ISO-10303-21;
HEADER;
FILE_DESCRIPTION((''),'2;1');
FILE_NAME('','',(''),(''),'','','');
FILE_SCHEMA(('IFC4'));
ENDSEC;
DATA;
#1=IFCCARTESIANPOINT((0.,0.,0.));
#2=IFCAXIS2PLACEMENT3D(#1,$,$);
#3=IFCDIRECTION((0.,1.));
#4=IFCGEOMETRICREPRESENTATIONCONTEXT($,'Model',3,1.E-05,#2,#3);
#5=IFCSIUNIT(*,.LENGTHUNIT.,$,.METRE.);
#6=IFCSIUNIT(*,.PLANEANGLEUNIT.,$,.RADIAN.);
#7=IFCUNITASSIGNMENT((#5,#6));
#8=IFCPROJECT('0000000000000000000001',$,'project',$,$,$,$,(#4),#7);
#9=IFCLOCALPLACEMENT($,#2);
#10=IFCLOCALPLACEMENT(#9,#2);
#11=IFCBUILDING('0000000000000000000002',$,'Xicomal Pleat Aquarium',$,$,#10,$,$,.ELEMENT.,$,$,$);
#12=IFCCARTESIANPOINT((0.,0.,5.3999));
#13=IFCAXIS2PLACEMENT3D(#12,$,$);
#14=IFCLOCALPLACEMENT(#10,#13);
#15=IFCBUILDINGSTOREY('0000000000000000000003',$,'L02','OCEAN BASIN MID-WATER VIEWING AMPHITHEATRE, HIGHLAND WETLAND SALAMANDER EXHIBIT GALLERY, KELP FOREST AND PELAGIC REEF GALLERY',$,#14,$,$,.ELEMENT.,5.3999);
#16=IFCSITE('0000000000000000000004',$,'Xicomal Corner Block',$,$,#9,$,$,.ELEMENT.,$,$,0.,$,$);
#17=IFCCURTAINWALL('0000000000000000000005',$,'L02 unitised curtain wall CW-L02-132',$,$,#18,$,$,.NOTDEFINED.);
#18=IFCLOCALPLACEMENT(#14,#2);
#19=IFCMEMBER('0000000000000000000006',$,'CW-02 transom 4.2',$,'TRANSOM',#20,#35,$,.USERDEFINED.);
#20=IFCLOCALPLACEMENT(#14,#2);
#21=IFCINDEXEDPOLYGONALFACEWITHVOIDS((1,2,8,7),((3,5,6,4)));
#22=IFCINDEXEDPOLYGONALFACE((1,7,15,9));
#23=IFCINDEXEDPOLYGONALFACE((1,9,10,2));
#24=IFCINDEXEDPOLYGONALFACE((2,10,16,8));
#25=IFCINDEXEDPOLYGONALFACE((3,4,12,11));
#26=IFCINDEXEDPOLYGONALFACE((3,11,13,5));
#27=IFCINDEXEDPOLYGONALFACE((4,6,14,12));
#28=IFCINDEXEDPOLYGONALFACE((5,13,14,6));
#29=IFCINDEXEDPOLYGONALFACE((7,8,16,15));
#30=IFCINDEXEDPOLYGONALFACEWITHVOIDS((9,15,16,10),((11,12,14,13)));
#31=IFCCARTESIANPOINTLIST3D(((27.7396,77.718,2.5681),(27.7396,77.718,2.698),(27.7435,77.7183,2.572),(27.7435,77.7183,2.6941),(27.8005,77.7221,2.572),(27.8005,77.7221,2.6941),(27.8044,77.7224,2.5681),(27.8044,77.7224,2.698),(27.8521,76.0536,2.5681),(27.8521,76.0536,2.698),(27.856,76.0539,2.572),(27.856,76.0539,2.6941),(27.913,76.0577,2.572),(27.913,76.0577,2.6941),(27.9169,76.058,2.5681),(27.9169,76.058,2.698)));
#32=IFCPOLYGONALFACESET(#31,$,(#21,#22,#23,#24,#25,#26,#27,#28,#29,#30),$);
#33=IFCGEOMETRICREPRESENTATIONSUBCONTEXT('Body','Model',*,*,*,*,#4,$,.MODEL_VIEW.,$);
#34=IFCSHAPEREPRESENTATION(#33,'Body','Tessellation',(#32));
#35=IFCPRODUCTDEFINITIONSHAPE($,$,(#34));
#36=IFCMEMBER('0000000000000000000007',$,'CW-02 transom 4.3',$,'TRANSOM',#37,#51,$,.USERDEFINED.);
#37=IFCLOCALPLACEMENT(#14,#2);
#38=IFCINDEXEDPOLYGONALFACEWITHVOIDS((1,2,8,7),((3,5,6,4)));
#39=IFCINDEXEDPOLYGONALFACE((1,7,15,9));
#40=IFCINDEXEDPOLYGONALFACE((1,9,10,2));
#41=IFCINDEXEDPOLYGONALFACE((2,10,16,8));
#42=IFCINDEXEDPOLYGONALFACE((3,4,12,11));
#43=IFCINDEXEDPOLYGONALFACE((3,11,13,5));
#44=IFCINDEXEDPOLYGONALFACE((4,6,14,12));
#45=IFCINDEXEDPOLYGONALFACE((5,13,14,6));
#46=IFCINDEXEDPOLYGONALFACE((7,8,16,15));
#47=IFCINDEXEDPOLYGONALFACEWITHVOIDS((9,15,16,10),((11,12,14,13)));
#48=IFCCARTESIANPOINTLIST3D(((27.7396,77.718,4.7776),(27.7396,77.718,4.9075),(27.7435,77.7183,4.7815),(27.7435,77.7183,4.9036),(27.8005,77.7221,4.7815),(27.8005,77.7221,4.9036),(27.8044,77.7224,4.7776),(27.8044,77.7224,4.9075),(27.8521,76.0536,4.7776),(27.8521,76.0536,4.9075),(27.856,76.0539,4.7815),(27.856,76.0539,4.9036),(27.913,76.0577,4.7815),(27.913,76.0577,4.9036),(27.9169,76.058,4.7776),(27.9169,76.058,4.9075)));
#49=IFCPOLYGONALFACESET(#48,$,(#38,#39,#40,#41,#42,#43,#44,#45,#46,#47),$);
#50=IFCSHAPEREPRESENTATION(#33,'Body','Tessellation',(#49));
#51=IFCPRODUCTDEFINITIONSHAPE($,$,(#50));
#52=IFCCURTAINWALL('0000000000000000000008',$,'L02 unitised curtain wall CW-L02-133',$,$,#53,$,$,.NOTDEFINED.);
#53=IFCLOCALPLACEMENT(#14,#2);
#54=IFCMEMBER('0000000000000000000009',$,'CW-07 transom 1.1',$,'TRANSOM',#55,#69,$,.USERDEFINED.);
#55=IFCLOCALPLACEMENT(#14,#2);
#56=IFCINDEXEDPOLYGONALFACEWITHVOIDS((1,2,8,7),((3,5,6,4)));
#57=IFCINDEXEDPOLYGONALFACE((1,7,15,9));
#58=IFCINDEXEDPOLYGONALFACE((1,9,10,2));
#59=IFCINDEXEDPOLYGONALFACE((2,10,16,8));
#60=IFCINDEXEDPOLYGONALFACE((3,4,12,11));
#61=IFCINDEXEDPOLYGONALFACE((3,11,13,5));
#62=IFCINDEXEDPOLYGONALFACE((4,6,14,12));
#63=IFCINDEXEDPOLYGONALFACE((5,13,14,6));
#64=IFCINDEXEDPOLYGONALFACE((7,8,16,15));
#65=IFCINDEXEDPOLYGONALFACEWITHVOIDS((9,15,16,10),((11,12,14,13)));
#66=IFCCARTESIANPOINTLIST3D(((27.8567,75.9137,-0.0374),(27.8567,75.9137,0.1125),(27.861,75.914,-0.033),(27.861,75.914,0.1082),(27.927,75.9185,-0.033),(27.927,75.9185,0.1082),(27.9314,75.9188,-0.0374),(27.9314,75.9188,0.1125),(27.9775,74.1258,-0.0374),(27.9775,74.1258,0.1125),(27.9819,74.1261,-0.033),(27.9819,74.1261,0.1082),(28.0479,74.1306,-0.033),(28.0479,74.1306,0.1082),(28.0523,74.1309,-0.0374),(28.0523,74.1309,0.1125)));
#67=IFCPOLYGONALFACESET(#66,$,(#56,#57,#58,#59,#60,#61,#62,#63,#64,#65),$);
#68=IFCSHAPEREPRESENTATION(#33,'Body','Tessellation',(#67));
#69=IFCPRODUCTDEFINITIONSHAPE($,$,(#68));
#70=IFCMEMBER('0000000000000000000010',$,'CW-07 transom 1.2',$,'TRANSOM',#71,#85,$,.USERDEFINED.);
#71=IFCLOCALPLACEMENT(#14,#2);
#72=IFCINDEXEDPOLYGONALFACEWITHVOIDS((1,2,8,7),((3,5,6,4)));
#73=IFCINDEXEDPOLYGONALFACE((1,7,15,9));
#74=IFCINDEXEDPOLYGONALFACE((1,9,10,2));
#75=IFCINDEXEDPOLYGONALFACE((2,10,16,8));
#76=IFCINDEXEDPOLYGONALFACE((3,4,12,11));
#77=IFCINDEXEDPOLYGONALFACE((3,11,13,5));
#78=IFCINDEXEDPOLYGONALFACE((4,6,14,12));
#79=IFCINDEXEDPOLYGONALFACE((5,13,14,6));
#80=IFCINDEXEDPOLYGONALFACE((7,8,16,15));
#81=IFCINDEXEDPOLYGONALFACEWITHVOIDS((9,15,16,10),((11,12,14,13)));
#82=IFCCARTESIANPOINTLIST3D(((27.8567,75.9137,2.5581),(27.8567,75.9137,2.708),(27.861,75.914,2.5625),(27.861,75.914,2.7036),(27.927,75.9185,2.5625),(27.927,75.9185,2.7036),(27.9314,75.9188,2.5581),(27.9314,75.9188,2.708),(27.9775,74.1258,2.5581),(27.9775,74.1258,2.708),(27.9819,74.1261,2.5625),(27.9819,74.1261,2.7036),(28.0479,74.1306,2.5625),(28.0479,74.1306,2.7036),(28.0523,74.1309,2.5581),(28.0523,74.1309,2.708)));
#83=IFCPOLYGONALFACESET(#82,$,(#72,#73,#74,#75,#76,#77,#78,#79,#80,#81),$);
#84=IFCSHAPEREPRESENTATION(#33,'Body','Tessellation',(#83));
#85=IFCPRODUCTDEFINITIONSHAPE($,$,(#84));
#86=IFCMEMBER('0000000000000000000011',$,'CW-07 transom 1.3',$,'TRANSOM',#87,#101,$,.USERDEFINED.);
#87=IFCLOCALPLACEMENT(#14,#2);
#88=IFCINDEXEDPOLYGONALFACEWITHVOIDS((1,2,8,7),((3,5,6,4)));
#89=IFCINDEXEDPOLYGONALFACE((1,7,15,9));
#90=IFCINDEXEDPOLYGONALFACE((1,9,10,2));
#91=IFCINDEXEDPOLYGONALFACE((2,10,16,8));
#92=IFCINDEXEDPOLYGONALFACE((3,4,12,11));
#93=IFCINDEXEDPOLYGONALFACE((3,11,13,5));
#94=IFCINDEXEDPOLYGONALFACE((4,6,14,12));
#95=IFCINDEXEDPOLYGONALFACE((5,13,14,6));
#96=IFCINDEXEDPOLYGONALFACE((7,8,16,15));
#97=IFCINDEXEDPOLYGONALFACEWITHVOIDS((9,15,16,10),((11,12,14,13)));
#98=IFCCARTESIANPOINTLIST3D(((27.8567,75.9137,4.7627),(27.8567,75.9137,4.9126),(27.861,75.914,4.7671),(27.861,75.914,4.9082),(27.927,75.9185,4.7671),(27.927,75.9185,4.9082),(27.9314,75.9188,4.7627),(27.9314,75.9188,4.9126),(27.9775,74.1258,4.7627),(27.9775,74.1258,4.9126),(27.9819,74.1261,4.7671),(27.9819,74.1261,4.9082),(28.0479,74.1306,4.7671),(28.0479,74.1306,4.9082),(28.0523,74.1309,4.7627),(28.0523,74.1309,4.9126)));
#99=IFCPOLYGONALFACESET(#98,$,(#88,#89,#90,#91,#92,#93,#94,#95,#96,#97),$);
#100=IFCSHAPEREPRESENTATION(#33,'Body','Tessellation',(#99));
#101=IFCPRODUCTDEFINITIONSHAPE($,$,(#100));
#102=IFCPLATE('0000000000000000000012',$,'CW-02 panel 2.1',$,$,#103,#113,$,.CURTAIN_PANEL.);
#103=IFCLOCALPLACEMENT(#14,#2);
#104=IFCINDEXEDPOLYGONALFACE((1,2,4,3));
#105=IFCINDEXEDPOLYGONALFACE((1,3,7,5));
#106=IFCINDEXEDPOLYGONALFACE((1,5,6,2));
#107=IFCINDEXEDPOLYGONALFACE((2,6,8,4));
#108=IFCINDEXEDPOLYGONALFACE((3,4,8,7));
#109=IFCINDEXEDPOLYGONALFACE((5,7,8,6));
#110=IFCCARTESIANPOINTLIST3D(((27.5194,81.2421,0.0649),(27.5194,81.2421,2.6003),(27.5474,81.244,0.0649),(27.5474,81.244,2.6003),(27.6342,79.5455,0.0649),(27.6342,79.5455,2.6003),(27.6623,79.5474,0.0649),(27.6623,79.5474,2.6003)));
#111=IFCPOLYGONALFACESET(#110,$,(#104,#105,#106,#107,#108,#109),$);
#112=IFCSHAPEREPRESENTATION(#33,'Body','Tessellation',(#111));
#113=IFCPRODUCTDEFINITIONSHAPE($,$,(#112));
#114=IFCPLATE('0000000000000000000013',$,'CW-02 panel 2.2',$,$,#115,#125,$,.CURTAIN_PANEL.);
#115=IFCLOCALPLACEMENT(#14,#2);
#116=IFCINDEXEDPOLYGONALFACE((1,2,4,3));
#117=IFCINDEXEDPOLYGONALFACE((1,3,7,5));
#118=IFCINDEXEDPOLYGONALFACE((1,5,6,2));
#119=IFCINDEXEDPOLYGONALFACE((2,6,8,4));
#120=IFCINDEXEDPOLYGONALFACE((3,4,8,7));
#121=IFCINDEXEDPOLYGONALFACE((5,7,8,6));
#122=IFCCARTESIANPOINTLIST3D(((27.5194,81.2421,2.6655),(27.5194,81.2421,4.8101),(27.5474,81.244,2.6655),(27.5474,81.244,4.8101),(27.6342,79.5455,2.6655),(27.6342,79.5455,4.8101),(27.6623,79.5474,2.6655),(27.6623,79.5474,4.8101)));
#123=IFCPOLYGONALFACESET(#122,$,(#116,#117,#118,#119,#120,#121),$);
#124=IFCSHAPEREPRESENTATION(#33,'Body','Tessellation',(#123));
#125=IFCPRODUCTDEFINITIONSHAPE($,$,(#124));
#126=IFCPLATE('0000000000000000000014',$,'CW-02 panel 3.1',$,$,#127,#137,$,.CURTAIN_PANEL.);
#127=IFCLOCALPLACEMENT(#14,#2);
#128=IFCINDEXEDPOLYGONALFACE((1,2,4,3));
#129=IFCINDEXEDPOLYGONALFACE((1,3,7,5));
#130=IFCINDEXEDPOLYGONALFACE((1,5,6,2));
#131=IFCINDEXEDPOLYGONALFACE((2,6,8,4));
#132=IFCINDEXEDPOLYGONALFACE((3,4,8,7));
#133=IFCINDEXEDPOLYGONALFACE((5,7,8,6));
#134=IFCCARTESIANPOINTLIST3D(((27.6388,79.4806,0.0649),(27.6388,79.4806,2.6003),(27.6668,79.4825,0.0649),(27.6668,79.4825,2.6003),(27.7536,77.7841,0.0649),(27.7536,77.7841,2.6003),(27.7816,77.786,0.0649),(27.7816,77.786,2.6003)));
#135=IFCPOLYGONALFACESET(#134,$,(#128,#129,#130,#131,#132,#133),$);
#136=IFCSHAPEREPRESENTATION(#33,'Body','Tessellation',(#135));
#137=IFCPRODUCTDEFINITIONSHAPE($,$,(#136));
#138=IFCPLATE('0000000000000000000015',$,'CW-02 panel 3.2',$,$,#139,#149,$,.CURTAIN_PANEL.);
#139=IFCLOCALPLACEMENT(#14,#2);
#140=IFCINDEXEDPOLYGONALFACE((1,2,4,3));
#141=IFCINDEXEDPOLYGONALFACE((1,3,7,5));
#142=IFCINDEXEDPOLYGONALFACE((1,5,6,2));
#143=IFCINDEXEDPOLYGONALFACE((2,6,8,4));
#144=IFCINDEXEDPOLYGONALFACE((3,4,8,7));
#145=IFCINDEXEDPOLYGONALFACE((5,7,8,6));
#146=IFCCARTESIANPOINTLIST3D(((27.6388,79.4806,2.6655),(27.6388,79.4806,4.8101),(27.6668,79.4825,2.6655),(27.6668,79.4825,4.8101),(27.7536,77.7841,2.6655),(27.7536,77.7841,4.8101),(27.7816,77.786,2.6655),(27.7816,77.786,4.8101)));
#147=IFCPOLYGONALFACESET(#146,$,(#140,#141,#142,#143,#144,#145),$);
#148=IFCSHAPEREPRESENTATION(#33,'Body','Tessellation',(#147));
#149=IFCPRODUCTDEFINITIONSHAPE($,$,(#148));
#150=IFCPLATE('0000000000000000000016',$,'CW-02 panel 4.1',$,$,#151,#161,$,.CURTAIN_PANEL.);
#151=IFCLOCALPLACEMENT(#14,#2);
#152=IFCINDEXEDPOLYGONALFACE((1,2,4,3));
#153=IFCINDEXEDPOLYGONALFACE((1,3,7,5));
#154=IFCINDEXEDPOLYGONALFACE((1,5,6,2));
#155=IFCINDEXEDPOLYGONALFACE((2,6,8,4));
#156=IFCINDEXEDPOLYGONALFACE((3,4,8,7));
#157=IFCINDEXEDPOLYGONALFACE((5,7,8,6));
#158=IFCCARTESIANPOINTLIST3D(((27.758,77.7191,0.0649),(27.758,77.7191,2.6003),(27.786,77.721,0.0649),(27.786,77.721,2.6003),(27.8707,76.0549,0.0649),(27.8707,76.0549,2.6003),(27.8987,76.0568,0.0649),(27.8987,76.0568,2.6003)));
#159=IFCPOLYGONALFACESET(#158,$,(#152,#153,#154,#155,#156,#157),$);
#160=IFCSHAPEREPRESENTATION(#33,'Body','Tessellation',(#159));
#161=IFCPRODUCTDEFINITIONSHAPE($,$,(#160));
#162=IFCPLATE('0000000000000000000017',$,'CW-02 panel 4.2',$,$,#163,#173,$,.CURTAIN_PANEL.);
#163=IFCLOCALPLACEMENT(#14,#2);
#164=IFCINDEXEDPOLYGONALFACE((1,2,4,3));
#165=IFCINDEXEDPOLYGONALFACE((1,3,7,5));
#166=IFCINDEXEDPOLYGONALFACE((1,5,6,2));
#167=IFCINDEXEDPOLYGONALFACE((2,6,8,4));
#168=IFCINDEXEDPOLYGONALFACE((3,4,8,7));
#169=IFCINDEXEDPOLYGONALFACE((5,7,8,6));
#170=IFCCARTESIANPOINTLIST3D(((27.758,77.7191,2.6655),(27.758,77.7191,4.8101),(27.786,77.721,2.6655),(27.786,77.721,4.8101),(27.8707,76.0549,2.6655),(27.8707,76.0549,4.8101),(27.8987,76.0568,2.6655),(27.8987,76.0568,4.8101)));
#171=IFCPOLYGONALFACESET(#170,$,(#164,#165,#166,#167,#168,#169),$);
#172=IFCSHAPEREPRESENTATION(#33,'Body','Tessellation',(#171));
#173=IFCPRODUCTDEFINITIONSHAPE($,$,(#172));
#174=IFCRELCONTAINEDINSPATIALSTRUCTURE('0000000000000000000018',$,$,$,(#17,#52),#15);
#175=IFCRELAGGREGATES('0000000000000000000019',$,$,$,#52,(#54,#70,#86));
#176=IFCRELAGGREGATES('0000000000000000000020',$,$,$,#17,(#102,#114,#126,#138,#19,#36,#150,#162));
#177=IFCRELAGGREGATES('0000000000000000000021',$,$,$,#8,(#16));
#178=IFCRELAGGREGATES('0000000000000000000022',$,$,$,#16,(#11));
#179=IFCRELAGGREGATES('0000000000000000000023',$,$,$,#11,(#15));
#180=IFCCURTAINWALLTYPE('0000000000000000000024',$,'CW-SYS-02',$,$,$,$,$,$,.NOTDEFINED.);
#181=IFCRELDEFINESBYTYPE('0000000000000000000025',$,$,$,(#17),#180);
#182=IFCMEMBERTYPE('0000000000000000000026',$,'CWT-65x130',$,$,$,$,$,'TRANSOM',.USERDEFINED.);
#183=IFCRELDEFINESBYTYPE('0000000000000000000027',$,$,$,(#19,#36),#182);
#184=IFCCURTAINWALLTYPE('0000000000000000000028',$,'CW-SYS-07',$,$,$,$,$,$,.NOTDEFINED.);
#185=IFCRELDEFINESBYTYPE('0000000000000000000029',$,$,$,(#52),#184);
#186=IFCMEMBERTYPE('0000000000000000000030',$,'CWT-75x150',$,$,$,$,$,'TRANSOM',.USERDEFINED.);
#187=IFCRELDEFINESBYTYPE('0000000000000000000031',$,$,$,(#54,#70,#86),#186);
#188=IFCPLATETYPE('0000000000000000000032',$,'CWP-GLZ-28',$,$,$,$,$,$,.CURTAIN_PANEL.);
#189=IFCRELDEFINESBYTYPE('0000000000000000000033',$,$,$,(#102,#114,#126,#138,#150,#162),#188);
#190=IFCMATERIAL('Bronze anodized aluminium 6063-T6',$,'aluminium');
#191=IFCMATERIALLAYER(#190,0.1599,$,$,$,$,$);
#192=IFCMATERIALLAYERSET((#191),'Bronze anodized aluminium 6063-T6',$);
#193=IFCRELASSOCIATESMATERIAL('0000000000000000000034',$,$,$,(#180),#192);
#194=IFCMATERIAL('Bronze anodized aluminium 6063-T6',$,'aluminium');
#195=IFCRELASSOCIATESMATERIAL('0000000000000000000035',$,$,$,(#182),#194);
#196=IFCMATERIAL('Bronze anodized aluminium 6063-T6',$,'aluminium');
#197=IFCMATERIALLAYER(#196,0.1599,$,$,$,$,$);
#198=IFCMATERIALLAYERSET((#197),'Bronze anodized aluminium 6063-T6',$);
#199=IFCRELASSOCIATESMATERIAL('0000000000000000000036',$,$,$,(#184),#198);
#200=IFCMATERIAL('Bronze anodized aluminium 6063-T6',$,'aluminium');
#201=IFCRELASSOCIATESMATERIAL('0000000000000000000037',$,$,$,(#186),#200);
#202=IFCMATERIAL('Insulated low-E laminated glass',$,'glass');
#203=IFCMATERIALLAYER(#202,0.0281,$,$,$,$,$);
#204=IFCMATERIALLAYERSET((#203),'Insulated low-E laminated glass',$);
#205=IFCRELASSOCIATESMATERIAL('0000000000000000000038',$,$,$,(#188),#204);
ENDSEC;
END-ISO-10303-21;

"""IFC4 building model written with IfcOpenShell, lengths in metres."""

from ifc_helpers import new_model, si_unit, direction, frame, origin, origin_2d, place, context, subcontext, project, spatial, rectangle, hollow_rectangle, extrude, material, layer, layer_set, material_profile, profile_set, type_object, element, aggregate, save


model = new_model("IFC4")

# Units and contexts
model_context = context("Model", 3, precision=1e-05, world=origin(), true_north=direction((0.0, 1.0)))
body_context = subcontext(model_context, "Body", "Model", "MODEL_VIEW")
ifc_project = project(units=[si_unit("LENGTHUNIT", "METRE"), si_unit("PLANEANGLEUNIT", "RADIAN")], contexts=[model_context])

# Site, building, storey
site_placement = place(None, origin())
site = spatial("IfcSite", under=ifc_project, at=site_placement, Name="Xicomal Corner Block", CompositionType="ELEMENT", RefElevation=0.0)
building_placement = place(site_placement, origin())
building = spatial("IfcBuilding", under=site, at=building_placement, Name="Xicomal Pleat Aquarium", CompositionType="ELEMENT")
storey_placement = place(building_placement, frame((0.0, 0.0, 5.3999)))
storey = spatial("IfcBuildingStorey", under=building, at=storey_placement, Name="L02", Description="OCEAN BASIN MID-WATER VIEWING AMPHITHEATRE, HIGHLAND WETLAND SALAMANDER EXHIBIT GALLERY, KELP FOREST AND PELAGIC REEF GALLERY", CompositionType="ELEMENT", Elevation=5.3999)

# Curtain walls, members
ifc_material_1 = material(Name="Bronze anodized aluminium 6063-T6", Category="aluminium")
ifc_layer_1 = layer(ifc_material_1, 0.1599)
ifc_layer_set_1 = layer_set([ifc_layer_1], Name="Bronze anodized aluminium 6063-T6")
curtain_wall_type_1 = type_object("IfcCurtainWallType", Name="CW-SYS-02", PredefinedType="NOTDEFINED", material=ifc_layer_set_1)
curtain_wall_1_placement = place(storey_placement, origin())
curtain_wall_1 = element("IfcCurtainWall", 1, at=curtain_wall_1_placement, inside=storey, type_object=curtain_wall_type_1, Name="L02 unitised curtain wall CW-L02-132", PredefinedType="NOTDEFINED")
ifc_material_2 = material(Name="Bronze anodized aluminium 6063-T6", Category="aluminium")
ifc_material_profile_1 = material_profile(ifc_material_2, hollow_rectangle(XDim=0.0649, YDim=0.1299, WallThickness=0.0039, at=origin_2d()), Name="ALU TRAN 65x130")
ifc_profile_set_1 = profile_set([ifc_material_profile_1], Name="Bronze anodized aluminium 6063-T6")
member_type_1 = type_object("IfcMemberType", Name="CWT-65x130", ElementType="TRANSOM", PredefinedType="USERDEFINED", material=ifc_profile_set_1)
member_1_placement = place(storey_placement, frame((27.772, 77.7202, 2.6331), z_axis=(0.067471, -0.997721, 0.0), x_axis=(0.997721, 0.067471, 0.0)))
member_1 = element("IfcMember", 2, at=member_1_placement, type_object=member_type_1, Name="CW-02 transom 4.2", ObjectType="TRANSOM", PredefinedType="USERDEFINED", context=body_context, shape_type="SweptSolid", body=[
    extrude(hollow_rectangle(XDim=0.0649, YDim=0.1299, WallThickness=0.0039, at=origin_2d()), origin(), (0.0, 0.0, 1.0), 1.6682),
])
member_2_placement = place(storey_placement, frame((27.772, 77.7202, 4.8425), z_axis=(0.067471, -0.997721, 0.0), x_axis=(0.997721, 0.067471, 0.0)))
member_2 = element("IfcMember", 3, at=member_2_placement, type_object=member_type_1, Name="CW-02 transom 4.3", ObjectType="TRANSOM", PredefinedType="USERDEFINED", context=body_context, shape_type="SweptSolid", body=[
    extrude(hollow_rectangle(XDim=0.0649, YDim=0.1299, WallThickness=0.0039, at=origin_2d()), origin(), (0.0, 0.0, 1.0), 1.6682),
])
ifc_material_3 = material(Name="Bronze anodized aluminium 6063-T6", Category="aluminium")
ifc_layer_2 = layer(ifc_material_3, 0.1599)
ifc_layer_set_2 = layer_set([ifc_layer_2], Name="Bronze anodized aluminium 6063-T6")
curtain_wall_type_2 = type_object("IfcCurtainWallType", Name="CW-SYS-07", PredefinedType="NOTDEFINED", material=ifc_layer_set_2)
curtain_wall_2_placement = place(storey_placement, origin())
curtain_wall_2 = element("IfcCurtainWall", 4, at=curtain_wall_2_placement, inside=storey, type_object=curtain_wall_type_2, Name="L02 unitised curtain wall CW-L02-133", PredefinedType="NOTDEFINED")
ifc_material_4 = material(Name="Bronze anodized aluminium 6063-T6", Category="aluminium")
ifc_material_profile_2 = material_profile(ifc_material_4, hollow_rectangle(XDim=0.075, YDim=0.1499, WallThickness=0.0044, at=origin_2d()), Name="ALU TRAN 75x150")
ifc_profile_set_2 = profile_set([ifc_material_profile_2], Name="Bronze anodized aluminium 6063-T6")
member_type_2 = type_object("IfcMemberType", Name="CWT-75x150", ElementType="TRANSOM", PredefinedType="USERDEFINED", material=ifc_profile_set_2)
member_3_placement = place(storey_placement, frame((27.894, 75.9163, 0.0376), z_axis=(0.067441, -0.997723, 0.0), x_axis=(0.997723, 0.067441, 0.0)))
member_3 = element("IfcMember", 5, at=member_3_placement, type_object=member_type_2, Name="CW-07 transom 1.1", ObjectType="TRANSOM", PredefinedType="USERDEFINED", context=body_context, shape_type="SweptSolid", body=[
    extrude(hollow_rectangle(XDim=0.075, YDim=0.1499, WallThickness=0.0044, at=origin_2d()), origin(), (0.0, 0.0, 1.0), 1.792),
])
member_4_placement = place(storey_placement, frame((27.894, 75.9163, 2.6331), z_axis=(0.067441, -0.997723, 0.0), x_axis=(0.997723, 0.067441, 0.0)))
member_4 = element("IfcMember", 6, at=member_4_placement, type_object=member_type_2, Name="CW-07 transom 1.2", ObjectType="TRANSOM", PredefinedType="USERDEFINED", context=body_context, shape_type="SweptSolid", body=[
    extrude(hollow_rectangle(XDim=0.075, YDim=0.1499, WallThickness=0.0044, at=origin_2d()), origin(), (0.0, 0.0, 1.0), 1.792),
])
member_5_placement = place(storey_placement, frame((27.894, 75.9163, 4.8376), z_axis=(0.067441, -0.997723, 0.0), x_axis=(0.997723, 0.067441, 0.0)))
member_5 = element("IfcMember", 7, at=member_5_placement, type_object=member_type_2, Name="CW-07 transom 1.3", ObjectType="TRANSOM", PredefinedType="USERDEFINED", context=body_context, shape_type="SweptSolid", body=[
    extrude(hollow_rectangle(XDim=0.075, YDim=0.1499, WallThickness=0.0044, at=origin_2d()), origin(), (0.0, 0.0, 1.0), 1.792),
])
aggregate(curtain_wall_2, [member_3, member_4, member_5])

# Plates
ifc_material_5 = material(Name="Insulated low-E laminated glass", Category="glass")
ifc_layer_3 = layer(ifc_material_5, 0.0281)
ifc_layer_set_3 = layer_set([ifc_layer_3], Name="Insulated low-E laminated glass")
plate_type = type_object("IfcPlateType", Name="CWP-GLZ-28", PredefinedType="CURTAIN_PANEL", material=ifc_layer_set_3)
plate_1_placement = place(storey_placement, frame((27.5908, 80.3948, 0.0649), z_axis=(0.0, 0.0, 1.0), x_axis=(0.067543, -0.997716, 0.0)))
plate_1 = element("IfcPlate", 8, at=plate_1_placement, type_object=plate_type, Name="CW-02 panel 2.1", PredefinedType="CURTAIN_PANEL", context=body_context, shape_type="SweptSolid", body=[
    extrude(rectangle(XDim=1.7004, YDim=0.0281, at=origin_2d()), origin(), (0.0, 0.0, 1.0), 2.5354),
])
plate_2_placement = place(storey_placement, frame((27.5908, 80.3948, 2.6655), z_axis=(0.0, 0.0, 1.0), x_axis=(0.067543, -0.997716, 0.0)))
plate_2 = element("IfcPlate", 9, at=plate_2_placement, type_object=plate_type, Name="CW-02 panel 2.2", PredefinedType="CURTAIN_PANEL", context=body_context, shape_type="SweptSolid", body=[
    extrude(rectangle(XDim=1.7004, YDim=0.0281, at=origin_2d()), origin(), (0.0, 0.0, 1.0), 2.1445),
])
plate_3_placement = place(storey_placement, frame((27.7102, 78.6333, 0.0649), z_axis=(0.0, 0.0, 1.0), x_axis=(0.067543, -0.997716, 0.0)))
plate_3 = element("IfcPlate", 10, at=plate_3_placement, type_object=plate_type, Name="CW-02 panel 3.1", PredefinedType="CURTAIN_PANEL", context=body_context, shape_type="SweptSolid", body=[
    extrude(rectangle(XDim=1.7004, YDim=0.0281, at=origin_2d()), origin(), (0.0, 0.0, 1.0), 2.5354),
])
plate_4_placement = place(storey_placement, frame((27.7102, 78.6333, 2.6655), z_axis=(0.0, 0.0, 1.0), x_axis=(0.067543, -0.997716, 0.0)))
plate_4 = element("IfcPlate", 11, at=plate_4_placement, type_object=plate_type, Name="CW-02 panel 3.2", PredefinedType="CURTAIN_PANEL", context=body_context, shape_type="SweptSolid", body=[
    extrude(rectangle(XDim=1.7004, YDim=0.0281, at=origin_2d()), origin(), (0.0, 0.0, 1.0), 2.1445),
])
plate_5_placement = place(storey_placement, frame((27.8284, 76.8879, 0.0649), z_axis=(0.0, 0.0, 1.0), x_axis=(0.067543, -0.997716, 0.0)))
plate_5 = element("IfcPlate", 12, at=plate_5_placement, type_object=plate_type, Name="CW-02 panel 4.1", PredefinedType="CURTAIN_PANEL", context=body_context, shape_type="SweptSolid", body=[
    extrude(rectangle(XDim=1.668, YDim=0.0281, at=origin_2d()), origin(), (0.0, 0.0, 1.0), 2.5354),
])
plate_6_placement = place(storey_placement, frame((27.8284, 76.8879, 2.6655), z_axis=(0.0, 0.0, 1.0), x_axis=(0.067543, -0.997716, 0.0)))
plate_6 = element("IfcPlate", 13, at=plate_6_placement, type_object=plate_type, Name="CW-02 panel 4.2", PredefinedType="CURTAIN_PANEL", context=body_context, shape_type="SweptSolid", body=[
    extrude(rectangle(XDim=1.668, YDim=0.0281, at=origin_2d()), origin(), (0.0, 0.0, 1.0), 2.1445),
])
aggregate(curtain_wall_1, [plate_1, plate_2, plate_3, plate_4, member_1, member_2, plate_5, plate_6])

save(model, "model.ifc")
